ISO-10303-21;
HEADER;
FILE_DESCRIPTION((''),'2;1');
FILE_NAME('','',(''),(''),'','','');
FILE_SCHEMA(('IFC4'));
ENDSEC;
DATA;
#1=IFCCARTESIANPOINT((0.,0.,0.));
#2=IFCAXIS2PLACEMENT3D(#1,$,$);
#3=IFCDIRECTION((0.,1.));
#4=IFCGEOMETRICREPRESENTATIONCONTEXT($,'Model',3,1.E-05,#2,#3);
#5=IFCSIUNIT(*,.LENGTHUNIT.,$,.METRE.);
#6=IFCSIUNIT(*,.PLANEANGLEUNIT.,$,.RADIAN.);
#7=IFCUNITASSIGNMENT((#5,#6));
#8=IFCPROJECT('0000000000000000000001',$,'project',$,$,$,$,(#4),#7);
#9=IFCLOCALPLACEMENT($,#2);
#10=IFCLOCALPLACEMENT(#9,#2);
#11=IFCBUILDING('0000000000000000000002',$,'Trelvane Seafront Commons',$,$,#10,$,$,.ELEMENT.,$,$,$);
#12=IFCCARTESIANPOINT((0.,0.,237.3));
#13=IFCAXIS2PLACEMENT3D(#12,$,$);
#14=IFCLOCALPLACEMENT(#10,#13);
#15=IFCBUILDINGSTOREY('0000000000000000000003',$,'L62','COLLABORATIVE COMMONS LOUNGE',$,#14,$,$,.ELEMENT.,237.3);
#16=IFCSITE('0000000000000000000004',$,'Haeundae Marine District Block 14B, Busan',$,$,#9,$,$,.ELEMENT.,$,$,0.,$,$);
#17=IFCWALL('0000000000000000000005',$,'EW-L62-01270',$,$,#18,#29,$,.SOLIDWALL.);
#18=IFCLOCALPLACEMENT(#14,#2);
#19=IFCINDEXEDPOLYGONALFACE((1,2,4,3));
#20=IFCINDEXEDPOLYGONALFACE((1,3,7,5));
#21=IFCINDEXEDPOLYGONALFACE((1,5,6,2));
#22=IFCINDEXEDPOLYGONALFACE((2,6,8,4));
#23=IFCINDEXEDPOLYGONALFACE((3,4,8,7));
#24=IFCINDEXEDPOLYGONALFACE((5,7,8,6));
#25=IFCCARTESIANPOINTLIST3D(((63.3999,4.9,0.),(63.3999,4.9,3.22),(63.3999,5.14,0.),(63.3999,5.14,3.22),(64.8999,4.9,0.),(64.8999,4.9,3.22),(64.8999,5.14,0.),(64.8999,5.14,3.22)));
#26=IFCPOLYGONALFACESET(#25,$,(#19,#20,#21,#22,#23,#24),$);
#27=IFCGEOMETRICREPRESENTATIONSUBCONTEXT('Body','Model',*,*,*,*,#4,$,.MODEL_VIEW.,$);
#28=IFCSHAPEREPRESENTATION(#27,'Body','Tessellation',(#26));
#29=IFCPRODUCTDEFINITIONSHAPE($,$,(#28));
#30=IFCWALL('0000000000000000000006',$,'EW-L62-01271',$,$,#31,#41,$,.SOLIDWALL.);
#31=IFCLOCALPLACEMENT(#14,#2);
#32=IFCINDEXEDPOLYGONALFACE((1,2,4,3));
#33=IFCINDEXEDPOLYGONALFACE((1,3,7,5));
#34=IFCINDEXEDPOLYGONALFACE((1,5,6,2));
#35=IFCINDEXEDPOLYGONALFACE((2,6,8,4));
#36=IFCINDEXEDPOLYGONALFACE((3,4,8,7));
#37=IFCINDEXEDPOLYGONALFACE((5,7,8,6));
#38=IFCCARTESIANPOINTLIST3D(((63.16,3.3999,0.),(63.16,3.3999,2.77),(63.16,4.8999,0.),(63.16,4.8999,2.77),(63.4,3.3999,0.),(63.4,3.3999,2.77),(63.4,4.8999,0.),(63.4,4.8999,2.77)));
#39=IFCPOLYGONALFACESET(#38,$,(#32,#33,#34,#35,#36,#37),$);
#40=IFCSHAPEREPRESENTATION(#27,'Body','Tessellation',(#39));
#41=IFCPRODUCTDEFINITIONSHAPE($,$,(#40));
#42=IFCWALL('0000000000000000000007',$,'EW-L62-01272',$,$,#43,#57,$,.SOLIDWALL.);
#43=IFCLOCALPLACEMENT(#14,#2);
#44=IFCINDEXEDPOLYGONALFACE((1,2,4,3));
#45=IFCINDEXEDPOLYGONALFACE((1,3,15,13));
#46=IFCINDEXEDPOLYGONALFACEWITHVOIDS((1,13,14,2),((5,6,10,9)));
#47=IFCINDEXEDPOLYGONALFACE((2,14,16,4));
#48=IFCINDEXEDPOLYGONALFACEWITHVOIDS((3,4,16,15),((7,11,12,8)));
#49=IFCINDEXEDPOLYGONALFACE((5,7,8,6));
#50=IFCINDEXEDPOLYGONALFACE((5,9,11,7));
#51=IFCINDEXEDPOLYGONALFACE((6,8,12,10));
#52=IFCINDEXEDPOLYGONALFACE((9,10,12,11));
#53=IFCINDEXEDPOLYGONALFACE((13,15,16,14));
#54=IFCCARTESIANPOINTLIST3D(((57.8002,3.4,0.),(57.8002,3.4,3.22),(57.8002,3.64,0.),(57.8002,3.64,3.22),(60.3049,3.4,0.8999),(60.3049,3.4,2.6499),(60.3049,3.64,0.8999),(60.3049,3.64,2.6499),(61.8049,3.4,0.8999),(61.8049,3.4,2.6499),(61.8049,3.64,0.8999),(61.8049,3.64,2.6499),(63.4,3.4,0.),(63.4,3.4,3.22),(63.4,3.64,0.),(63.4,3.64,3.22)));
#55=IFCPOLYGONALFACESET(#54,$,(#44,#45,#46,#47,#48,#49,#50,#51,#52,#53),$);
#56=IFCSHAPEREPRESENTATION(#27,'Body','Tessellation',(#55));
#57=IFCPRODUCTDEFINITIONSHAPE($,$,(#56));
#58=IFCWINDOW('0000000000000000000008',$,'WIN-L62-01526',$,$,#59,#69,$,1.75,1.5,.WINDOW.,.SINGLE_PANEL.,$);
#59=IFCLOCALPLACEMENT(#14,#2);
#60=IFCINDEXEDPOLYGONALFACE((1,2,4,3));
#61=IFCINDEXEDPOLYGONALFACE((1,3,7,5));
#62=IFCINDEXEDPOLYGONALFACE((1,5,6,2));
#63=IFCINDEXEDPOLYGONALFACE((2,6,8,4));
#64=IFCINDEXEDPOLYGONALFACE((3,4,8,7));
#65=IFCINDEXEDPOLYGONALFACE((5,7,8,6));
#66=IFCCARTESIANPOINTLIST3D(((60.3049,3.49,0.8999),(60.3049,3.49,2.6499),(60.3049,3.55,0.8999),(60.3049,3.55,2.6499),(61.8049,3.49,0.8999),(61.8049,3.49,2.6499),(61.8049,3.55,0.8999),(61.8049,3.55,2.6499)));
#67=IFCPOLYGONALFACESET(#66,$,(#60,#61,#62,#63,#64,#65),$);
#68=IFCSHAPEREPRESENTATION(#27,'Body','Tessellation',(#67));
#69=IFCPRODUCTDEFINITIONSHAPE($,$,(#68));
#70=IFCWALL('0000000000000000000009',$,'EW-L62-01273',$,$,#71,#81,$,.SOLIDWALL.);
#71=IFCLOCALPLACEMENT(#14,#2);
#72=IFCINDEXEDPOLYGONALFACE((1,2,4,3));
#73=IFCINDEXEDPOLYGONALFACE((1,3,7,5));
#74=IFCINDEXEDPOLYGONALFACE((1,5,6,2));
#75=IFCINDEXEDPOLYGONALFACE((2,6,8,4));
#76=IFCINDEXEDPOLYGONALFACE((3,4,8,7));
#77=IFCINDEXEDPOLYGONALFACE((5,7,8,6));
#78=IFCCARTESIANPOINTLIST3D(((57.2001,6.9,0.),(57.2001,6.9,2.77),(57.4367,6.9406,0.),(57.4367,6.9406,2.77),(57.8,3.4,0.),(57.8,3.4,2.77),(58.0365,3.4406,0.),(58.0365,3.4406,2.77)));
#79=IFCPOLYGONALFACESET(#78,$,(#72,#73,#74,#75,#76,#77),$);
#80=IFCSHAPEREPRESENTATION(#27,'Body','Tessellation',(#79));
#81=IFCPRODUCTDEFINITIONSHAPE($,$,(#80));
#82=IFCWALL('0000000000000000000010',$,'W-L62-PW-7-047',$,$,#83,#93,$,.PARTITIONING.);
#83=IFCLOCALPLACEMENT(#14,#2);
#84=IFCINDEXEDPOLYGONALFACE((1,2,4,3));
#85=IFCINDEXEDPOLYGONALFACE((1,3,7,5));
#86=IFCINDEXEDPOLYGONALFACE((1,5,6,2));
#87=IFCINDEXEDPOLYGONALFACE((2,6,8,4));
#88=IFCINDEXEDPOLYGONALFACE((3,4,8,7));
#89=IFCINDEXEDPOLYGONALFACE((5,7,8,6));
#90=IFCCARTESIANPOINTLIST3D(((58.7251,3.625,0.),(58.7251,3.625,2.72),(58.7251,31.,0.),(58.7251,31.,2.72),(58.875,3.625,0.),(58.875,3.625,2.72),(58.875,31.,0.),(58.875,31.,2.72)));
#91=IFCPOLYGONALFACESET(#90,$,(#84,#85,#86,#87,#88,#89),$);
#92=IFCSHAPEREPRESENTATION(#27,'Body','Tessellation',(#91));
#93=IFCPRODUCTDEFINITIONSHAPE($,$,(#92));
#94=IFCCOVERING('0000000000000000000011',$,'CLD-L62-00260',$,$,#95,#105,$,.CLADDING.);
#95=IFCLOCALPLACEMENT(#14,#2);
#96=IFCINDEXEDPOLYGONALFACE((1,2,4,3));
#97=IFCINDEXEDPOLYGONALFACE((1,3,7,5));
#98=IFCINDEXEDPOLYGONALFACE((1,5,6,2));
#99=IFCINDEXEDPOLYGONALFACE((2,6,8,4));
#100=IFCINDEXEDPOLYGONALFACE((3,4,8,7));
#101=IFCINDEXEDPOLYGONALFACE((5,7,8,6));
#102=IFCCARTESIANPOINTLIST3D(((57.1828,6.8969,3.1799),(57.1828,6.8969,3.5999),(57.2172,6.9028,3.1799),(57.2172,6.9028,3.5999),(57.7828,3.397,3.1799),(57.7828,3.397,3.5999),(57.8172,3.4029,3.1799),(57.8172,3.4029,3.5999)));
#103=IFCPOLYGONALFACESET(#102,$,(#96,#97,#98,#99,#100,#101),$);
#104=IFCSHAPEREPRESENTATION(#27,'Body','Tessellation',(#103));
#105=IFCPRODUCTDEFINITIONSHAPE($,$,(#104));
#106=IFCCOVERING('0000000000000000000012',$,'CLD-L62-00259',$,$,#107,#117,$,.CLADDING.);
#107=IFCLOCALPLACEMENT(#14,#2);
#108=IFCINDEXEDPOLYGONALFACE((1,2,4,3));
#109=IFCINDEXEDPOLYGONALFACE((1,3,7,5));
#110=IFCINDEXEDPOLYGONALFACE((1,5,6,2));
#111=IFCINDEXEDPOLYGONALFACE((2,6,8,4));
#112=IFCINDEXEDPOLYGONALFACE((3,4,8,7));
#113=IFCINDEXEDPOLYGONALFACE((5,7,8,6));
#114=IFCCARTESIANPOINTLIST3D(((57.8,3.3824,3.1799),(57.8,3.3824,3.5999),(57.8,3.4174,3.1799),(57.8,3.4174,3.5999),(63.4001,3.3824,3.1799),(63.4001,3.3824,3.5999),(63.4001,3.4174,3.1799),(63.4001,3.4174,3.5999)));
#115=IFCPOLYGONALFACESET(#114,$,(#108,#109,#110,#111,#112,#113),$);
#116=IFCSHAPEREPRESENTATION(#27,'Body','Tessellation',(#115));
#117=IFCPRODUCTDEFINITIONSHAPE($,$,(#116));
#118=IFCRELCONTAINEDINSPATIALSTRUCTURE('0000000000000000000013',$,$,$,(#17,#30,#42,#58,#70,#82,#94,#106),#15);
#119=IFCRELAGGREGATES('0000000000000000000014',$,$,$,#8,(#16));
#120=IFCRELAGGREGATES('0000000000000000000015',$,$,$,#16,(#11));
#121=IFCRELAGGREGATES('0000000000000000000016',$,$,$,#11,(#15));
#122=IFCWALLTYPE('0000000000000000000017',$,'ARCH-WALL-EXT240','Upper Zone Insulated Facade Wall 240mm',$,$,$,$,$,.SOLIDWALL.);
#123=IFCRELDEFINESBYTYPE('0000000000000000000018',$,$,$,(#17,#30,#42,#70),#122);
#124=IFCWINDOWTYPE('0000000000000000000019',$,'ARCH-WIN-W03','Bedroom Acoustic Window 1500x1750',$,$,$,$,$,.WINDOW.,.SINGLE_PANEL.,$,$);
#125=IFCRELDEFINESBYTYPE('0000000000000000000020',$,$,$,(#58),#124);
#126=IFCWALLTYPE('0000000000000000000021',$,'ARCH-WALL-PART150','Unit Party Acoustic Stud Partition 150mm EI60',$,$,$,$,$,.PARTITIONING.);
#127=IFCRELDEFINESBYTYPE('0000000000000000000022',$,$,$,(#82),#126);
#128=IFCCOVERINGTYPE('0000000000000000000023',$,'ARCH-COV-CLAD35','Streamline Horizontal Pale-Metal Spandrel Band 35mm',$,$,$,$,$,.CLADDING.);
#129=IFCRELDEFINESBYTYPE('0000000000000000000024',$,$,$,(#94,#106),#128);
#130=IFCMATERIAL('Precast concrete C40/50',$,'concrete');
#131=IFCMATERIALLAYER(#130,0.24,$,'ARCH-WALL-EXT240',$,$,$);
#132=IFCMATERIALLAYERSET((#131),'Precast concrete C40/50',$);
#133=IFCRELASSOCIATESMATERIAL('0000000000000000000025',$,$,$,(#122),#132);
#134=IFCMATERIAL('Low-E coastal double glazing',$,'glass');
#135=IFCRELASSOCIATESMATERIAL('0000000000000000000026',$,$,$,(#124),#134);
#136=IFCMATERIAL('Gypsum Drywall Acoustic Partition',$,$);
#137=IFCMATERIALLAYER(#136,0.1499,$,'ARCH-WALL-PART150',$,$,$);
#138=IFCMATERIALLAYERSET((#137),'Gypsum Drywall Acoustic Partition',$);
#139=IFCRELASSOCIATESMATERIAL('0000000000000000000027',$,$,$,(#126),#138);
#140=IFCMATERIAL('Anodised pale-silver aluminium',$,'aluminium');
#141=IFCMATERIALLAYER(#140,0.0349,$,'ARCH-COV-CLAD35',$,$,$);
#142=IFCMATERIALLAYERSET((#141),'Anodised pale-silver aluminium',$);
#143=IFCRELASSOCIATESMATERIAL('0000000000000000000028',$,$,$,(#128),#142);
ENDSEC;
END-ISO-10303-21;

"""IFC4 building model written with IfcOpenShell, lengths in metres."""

from ifc_helpers import new_model, si_unit, direction, frame, frame_2d, origin, origin_2d, place, context, subcontext, project, spatial, rectangle, extrude, source, transform, mapped, material, layer, layer_set, type_object, element, fill, save


model = new_model("IFC4")

# Units and contexts
model_context = context("Model", 3, precision=1e-05, world=origin(), true_north=direction((0.0, 1.0)))
body_context = subcontext(model_context, "Body", "Model", "MODEL_VIEW")
ifc_project = project(units=[si_unit("LENGTHUNIT", "METRE"), si_unit("PLANEANGLEUNIT", "RADIAN")], contexts=[model_context])

# Site, building, storey
site_placement = place(None, origin())
site = spatial("IfcSite", under=ifc_project, at=site_placement, Name="Haeundae Marine District Block 14B, Busan", CompositionType="ELEMENT", RefElevation=0.0)
building_placement = place(site_placement, origin())
building = spatial("IfcBuilding", under=site, at=building_placement, Name="Trelvane Seafront Commons", CompositionType="ELEMENT")
storey_placement = place(building_placement, frame((0.0, 0.0, 237.3)))
storey = spatial("IfcBuildingStorey", under=building, at=storey_placement, Name="L62", Description="COLLABORATIVE COMMONS LOUNGE", CompositionType="ELEMENT", Elevation=237.3)

# Shared definitions
ifc_material_1 = material(Name="Anodised pale-silver aluminium", Category="aluminium")

# Shared definitions
ifc_material_2 = material(Name="Low-E coastal double glazing", Category="glass")

# Walls
ifc_material_3 = material(Name="Precast concrete C40/50", Category="concrete")
ifc_layer_1 = layer(ifc_material_3, 0.24, Name="ARCH-WALL-EXT240")
ifc_layer_set_1 = layer_set([ifc_layer_1], Name="Precast concrete C40/50")
wall_type_1 = type_object("IfcWallType", Name="ARCH-WALL-EXT240", Description="Upper Zone Insulated Facade Wall 240mm", PredefinedType="SOLIDWALL", material=ifc_layer_set_1)
for number, where, z_axis, x_axis, name in (
    (1, (64.8999, 5.02, 0.0), (0.0, 0.0, 1.0), (-1.0, 0.0, 0.0), "EW-L62-01270"),
):
    element("IfcWall", number, at=place(storey_placement, frame(where, z_axis=z_axis, x_axis=x_axis)), inside=storey, type_object=wall_type_1, Name=name, PredefinedType="SOLIDWALL", context=body_context, shape_type="SweptSolid", body=[
        extrude(rectangle(XDim=1.5, YDim=0.24, at=frame_2d((0.75, 0.0))), origin(), (0.0, 0.0, 1.0), 3.22),
    ])
wall_1_placement = place(storey_placement, frame((63.28, 4.8999, 0.0), z_axis=(0.0, 0.0, 1.0), x_axis=(0.0, -1.0, 0.0)))
element("IfcWall", 2, at=wall_1_placement, inside=storey, type_object=wall_type_1, Name="EW-L62-01271", PredefinedType="SOLIDWALL", context=body_context, shape_type="SweptSolid", body=[
    extrude(rectangle(XDim=1.5, YDim=0.24, at=frame_2d((0.75, 0.0))), origin(), (0.0, 0.0, 1.0), 2.77),
])

# Wall, opening, window
wall_2_placement = place(storey_placement, frame((63.3999, 3.52, 0.0), z_axis=(0.0, 0.0, 1.0), x_axis=(-1.0, 0.0, 0.0)))
wall_2 = element("IfcWall", 3, at=wall_2_placement, inside=storey, type_object=wall_type_1, Name="EW-L62-01272", PredefinedType="SOLIDWALL", context=body_context, shape_type="SweptSolid", body=[
    extrude(rectangle(XDim=5.5999, YDim=0.24, at=frame_2d((2.7998, 0.0))), origin(), (0.0, 0.0, 1.0), 3.22),
])
opening_placement = place(wall_2_placement, frame((1.595, 0.0, 0.8999)))
opening = element("IfcOpeningElement", 4, at=opening_placement, cuts=wall_2, PredefinedType="OPENING", context=body_context, shape_type="SweptSolid", body=[
    extrude(rectangle(XDim=1.5, YDim=1.75, at=frame_2d((0.75, 0.875))), frame((0.0, 0.1299, 0.0), z_axis=(0.0, -1.0, 0.0), x_axis=(1.0, 0.0, 0.0)), (0.0, 0.0, 1.0), 0.26),
])
window_type = type_object("IfcWindowType", Name="ARCH-WIN-W03", Description="Bedroom Acoustic Window 1500x1750", PartitioningType="SINGLE_PANEL", PredefinedType="WINDOW", material=ifc_material_2)
shared_shape_1 = source(origin(), body_context, "Body", "SweptSolid", [
    extrude(rectangle(XDim=1.5, YDim=1.75, at=frame_2d((0.75, 0.875))), frame((0.0, 0.03, 0.0), z_axis=(0.0, -1.0, 0.0), x_axis=(1.0, 0.0, 0.0)), (0.0, 0.0, 1.0), 0.0601),
])
window_placement = place(opening_placement, origin())
window = element("IfcWindow", 5, at=window_placement, inside=storey, type_object=window_type, Name="WIN-L62-01526", OverallHeight=1.75, OverallWidth=1.5, PartitioningType="SINGLE_PANEL", PredefinedType="WINDOW", context=body_context, shape_type="MappedRepresentation", body=[
    mapped(shared_shape_1, transform((0.0, 0.0, 0.0), x_axis=(1.0, 0.0, 0.0), y_axis=(0.0, 1.0, 0.0), z_axis=(0.0, 0.0, 1.0), scale=1.0)),
])
fill(opening, window)

# Walls
wall_3_placement = place(storey_placement, frame((57.9182, 3.4204, 0.0), z_axis=(0.0, 0.0, 1.0), x_axis=(-0.168924, 0.985629, 0.0)))
element("IfcWall", 6, at=wall_3_placement, inside=storey, type_object=wall_type_1, Name="EW-L62-01273", PredefinedType="SOLIDWALL", context=body_context, shape_type="SweptSolid", body=[
    extrude(rectangle(XDim=3.551, YDim=0.24, at=frame_2d((1.7754, 0.0))), origin(), (0.0, 0.0, 1.0), 2.77),
])
ifc_material_4 = material(Name="Gypsum Drywall Acoustic Partition")
ifc_layer_2 = layer(ifc_material_4, 0.1499, Name="ARCH-WALL-PART150")
ifc_layer_set_2 = layer_set([ifc_layer_2], Name="Gypsum Drywall Acoustic Partition")
wall_type_2 = type_object("IfcWallType", Name="ARCH-WALL-PART150", Description="Unit Party Acoustic Stud Partition 150mm EI60", PredefinedType="PARTITIONING", material=ifc_layer_set_2)
wall_4_placement = place(storey_placement, frame((58.8, 3.625, 0.0), z_axis=(0.0, 0.0, 1.0), x_axis=(0.0, 1.0, 0.0)))
element("IfcWall", 7, at=wall_4_placement, inside=storey, type_object=wall_type_2, Name="W-L62-PW-7-047", PredefinedType="PARTITIONING", context=body_context, shape_type="SweptSolid", body=[
    extrude(rectangle(XDim=27.375, YDim=0.1499, at=frame_2d((13.6875, 0.0))), origin(), (0.0, 0.0, 1.0), 2.72),
])

# Coverings
ifc_layer_3 = layer(ifc_material_1, 0.0349, Name="ARCH-COV-CLAD35")
ifc_layer_set_3 = layer_set([ifc_layer_3], Name="Anodised pale-silver aluminium")
covering_type = type_object("IfcCoveringType", Name="ARCH-COV-CLAD35", Description="Streamline Horizontal Pale-Metal Spandrel Band 35mm", PredefinedType="CLADDING", material=ifc_layer_set_3)
shared_shape_2 = source(origin(), body_context, "Body", "SweptSolid", [
    extrude(rectangle(XDim=3.551, YDim=0.0349, at=origin_2d()), origin(), (0.0, 0.0, 1.0), 0.4199),
])
covering_1_placement = place(storey_placement, frame((57.5, 5.1499, 3.1799), z_axis=(0.0, 0.0, 1.0), x_axis=(-0.168964, 0.985622, 0.0)))
element("IfcCovering", 8, at=covering_1_placement, inside=storey, type_object=covering_type, Name="CLD-L62-00260", PredefinedType="CLADDING", context=body_context, shape_type="MappedRepresentation", body=[
    mapped(shared_shape_2, transform((0.0, 0.0, 0.0), x_axis=(1.0, 0.0, 0.0), y_axis=(0.0, 1.0, 0.0), z_axis=(0.0, 0.0, 1.0), scale=1.0)),
])
shared_shape_3 = source(origin(), body_context, "Body", "SweptSolid", [
    extrude(rectangle(XDim=5.6001, YDim=0.0349, at=origin_2d()), origin(), (0.0, 0.0, 1.0), 0.4199),
])
covering_2_placement = place(storey_placement, frame((60.6001, 3.3999, 3.1799), z_axis=(0.0, 0.0, 1.0), x_axis=(-1.0, 0.0, 0.0)))
element("IfcCovering", 9, at=covering_2_placement, inside=storey, type_object=covering_type, Name="CLD-L62-00259", PredefinedType="CLADDING", context=body_context, shape_type="MappedRepresentation", body=[
    mapped(shared_shape_3, transform((0.0, 0.0, 0.0), x_axis=(1.0, 0.0, 0.0), y_axis=(0.0, 1.0, 0.0), z_axis=(0.0, 0.0, 1.0), scale=1.0)),
])

save(model, "model.ifc")
